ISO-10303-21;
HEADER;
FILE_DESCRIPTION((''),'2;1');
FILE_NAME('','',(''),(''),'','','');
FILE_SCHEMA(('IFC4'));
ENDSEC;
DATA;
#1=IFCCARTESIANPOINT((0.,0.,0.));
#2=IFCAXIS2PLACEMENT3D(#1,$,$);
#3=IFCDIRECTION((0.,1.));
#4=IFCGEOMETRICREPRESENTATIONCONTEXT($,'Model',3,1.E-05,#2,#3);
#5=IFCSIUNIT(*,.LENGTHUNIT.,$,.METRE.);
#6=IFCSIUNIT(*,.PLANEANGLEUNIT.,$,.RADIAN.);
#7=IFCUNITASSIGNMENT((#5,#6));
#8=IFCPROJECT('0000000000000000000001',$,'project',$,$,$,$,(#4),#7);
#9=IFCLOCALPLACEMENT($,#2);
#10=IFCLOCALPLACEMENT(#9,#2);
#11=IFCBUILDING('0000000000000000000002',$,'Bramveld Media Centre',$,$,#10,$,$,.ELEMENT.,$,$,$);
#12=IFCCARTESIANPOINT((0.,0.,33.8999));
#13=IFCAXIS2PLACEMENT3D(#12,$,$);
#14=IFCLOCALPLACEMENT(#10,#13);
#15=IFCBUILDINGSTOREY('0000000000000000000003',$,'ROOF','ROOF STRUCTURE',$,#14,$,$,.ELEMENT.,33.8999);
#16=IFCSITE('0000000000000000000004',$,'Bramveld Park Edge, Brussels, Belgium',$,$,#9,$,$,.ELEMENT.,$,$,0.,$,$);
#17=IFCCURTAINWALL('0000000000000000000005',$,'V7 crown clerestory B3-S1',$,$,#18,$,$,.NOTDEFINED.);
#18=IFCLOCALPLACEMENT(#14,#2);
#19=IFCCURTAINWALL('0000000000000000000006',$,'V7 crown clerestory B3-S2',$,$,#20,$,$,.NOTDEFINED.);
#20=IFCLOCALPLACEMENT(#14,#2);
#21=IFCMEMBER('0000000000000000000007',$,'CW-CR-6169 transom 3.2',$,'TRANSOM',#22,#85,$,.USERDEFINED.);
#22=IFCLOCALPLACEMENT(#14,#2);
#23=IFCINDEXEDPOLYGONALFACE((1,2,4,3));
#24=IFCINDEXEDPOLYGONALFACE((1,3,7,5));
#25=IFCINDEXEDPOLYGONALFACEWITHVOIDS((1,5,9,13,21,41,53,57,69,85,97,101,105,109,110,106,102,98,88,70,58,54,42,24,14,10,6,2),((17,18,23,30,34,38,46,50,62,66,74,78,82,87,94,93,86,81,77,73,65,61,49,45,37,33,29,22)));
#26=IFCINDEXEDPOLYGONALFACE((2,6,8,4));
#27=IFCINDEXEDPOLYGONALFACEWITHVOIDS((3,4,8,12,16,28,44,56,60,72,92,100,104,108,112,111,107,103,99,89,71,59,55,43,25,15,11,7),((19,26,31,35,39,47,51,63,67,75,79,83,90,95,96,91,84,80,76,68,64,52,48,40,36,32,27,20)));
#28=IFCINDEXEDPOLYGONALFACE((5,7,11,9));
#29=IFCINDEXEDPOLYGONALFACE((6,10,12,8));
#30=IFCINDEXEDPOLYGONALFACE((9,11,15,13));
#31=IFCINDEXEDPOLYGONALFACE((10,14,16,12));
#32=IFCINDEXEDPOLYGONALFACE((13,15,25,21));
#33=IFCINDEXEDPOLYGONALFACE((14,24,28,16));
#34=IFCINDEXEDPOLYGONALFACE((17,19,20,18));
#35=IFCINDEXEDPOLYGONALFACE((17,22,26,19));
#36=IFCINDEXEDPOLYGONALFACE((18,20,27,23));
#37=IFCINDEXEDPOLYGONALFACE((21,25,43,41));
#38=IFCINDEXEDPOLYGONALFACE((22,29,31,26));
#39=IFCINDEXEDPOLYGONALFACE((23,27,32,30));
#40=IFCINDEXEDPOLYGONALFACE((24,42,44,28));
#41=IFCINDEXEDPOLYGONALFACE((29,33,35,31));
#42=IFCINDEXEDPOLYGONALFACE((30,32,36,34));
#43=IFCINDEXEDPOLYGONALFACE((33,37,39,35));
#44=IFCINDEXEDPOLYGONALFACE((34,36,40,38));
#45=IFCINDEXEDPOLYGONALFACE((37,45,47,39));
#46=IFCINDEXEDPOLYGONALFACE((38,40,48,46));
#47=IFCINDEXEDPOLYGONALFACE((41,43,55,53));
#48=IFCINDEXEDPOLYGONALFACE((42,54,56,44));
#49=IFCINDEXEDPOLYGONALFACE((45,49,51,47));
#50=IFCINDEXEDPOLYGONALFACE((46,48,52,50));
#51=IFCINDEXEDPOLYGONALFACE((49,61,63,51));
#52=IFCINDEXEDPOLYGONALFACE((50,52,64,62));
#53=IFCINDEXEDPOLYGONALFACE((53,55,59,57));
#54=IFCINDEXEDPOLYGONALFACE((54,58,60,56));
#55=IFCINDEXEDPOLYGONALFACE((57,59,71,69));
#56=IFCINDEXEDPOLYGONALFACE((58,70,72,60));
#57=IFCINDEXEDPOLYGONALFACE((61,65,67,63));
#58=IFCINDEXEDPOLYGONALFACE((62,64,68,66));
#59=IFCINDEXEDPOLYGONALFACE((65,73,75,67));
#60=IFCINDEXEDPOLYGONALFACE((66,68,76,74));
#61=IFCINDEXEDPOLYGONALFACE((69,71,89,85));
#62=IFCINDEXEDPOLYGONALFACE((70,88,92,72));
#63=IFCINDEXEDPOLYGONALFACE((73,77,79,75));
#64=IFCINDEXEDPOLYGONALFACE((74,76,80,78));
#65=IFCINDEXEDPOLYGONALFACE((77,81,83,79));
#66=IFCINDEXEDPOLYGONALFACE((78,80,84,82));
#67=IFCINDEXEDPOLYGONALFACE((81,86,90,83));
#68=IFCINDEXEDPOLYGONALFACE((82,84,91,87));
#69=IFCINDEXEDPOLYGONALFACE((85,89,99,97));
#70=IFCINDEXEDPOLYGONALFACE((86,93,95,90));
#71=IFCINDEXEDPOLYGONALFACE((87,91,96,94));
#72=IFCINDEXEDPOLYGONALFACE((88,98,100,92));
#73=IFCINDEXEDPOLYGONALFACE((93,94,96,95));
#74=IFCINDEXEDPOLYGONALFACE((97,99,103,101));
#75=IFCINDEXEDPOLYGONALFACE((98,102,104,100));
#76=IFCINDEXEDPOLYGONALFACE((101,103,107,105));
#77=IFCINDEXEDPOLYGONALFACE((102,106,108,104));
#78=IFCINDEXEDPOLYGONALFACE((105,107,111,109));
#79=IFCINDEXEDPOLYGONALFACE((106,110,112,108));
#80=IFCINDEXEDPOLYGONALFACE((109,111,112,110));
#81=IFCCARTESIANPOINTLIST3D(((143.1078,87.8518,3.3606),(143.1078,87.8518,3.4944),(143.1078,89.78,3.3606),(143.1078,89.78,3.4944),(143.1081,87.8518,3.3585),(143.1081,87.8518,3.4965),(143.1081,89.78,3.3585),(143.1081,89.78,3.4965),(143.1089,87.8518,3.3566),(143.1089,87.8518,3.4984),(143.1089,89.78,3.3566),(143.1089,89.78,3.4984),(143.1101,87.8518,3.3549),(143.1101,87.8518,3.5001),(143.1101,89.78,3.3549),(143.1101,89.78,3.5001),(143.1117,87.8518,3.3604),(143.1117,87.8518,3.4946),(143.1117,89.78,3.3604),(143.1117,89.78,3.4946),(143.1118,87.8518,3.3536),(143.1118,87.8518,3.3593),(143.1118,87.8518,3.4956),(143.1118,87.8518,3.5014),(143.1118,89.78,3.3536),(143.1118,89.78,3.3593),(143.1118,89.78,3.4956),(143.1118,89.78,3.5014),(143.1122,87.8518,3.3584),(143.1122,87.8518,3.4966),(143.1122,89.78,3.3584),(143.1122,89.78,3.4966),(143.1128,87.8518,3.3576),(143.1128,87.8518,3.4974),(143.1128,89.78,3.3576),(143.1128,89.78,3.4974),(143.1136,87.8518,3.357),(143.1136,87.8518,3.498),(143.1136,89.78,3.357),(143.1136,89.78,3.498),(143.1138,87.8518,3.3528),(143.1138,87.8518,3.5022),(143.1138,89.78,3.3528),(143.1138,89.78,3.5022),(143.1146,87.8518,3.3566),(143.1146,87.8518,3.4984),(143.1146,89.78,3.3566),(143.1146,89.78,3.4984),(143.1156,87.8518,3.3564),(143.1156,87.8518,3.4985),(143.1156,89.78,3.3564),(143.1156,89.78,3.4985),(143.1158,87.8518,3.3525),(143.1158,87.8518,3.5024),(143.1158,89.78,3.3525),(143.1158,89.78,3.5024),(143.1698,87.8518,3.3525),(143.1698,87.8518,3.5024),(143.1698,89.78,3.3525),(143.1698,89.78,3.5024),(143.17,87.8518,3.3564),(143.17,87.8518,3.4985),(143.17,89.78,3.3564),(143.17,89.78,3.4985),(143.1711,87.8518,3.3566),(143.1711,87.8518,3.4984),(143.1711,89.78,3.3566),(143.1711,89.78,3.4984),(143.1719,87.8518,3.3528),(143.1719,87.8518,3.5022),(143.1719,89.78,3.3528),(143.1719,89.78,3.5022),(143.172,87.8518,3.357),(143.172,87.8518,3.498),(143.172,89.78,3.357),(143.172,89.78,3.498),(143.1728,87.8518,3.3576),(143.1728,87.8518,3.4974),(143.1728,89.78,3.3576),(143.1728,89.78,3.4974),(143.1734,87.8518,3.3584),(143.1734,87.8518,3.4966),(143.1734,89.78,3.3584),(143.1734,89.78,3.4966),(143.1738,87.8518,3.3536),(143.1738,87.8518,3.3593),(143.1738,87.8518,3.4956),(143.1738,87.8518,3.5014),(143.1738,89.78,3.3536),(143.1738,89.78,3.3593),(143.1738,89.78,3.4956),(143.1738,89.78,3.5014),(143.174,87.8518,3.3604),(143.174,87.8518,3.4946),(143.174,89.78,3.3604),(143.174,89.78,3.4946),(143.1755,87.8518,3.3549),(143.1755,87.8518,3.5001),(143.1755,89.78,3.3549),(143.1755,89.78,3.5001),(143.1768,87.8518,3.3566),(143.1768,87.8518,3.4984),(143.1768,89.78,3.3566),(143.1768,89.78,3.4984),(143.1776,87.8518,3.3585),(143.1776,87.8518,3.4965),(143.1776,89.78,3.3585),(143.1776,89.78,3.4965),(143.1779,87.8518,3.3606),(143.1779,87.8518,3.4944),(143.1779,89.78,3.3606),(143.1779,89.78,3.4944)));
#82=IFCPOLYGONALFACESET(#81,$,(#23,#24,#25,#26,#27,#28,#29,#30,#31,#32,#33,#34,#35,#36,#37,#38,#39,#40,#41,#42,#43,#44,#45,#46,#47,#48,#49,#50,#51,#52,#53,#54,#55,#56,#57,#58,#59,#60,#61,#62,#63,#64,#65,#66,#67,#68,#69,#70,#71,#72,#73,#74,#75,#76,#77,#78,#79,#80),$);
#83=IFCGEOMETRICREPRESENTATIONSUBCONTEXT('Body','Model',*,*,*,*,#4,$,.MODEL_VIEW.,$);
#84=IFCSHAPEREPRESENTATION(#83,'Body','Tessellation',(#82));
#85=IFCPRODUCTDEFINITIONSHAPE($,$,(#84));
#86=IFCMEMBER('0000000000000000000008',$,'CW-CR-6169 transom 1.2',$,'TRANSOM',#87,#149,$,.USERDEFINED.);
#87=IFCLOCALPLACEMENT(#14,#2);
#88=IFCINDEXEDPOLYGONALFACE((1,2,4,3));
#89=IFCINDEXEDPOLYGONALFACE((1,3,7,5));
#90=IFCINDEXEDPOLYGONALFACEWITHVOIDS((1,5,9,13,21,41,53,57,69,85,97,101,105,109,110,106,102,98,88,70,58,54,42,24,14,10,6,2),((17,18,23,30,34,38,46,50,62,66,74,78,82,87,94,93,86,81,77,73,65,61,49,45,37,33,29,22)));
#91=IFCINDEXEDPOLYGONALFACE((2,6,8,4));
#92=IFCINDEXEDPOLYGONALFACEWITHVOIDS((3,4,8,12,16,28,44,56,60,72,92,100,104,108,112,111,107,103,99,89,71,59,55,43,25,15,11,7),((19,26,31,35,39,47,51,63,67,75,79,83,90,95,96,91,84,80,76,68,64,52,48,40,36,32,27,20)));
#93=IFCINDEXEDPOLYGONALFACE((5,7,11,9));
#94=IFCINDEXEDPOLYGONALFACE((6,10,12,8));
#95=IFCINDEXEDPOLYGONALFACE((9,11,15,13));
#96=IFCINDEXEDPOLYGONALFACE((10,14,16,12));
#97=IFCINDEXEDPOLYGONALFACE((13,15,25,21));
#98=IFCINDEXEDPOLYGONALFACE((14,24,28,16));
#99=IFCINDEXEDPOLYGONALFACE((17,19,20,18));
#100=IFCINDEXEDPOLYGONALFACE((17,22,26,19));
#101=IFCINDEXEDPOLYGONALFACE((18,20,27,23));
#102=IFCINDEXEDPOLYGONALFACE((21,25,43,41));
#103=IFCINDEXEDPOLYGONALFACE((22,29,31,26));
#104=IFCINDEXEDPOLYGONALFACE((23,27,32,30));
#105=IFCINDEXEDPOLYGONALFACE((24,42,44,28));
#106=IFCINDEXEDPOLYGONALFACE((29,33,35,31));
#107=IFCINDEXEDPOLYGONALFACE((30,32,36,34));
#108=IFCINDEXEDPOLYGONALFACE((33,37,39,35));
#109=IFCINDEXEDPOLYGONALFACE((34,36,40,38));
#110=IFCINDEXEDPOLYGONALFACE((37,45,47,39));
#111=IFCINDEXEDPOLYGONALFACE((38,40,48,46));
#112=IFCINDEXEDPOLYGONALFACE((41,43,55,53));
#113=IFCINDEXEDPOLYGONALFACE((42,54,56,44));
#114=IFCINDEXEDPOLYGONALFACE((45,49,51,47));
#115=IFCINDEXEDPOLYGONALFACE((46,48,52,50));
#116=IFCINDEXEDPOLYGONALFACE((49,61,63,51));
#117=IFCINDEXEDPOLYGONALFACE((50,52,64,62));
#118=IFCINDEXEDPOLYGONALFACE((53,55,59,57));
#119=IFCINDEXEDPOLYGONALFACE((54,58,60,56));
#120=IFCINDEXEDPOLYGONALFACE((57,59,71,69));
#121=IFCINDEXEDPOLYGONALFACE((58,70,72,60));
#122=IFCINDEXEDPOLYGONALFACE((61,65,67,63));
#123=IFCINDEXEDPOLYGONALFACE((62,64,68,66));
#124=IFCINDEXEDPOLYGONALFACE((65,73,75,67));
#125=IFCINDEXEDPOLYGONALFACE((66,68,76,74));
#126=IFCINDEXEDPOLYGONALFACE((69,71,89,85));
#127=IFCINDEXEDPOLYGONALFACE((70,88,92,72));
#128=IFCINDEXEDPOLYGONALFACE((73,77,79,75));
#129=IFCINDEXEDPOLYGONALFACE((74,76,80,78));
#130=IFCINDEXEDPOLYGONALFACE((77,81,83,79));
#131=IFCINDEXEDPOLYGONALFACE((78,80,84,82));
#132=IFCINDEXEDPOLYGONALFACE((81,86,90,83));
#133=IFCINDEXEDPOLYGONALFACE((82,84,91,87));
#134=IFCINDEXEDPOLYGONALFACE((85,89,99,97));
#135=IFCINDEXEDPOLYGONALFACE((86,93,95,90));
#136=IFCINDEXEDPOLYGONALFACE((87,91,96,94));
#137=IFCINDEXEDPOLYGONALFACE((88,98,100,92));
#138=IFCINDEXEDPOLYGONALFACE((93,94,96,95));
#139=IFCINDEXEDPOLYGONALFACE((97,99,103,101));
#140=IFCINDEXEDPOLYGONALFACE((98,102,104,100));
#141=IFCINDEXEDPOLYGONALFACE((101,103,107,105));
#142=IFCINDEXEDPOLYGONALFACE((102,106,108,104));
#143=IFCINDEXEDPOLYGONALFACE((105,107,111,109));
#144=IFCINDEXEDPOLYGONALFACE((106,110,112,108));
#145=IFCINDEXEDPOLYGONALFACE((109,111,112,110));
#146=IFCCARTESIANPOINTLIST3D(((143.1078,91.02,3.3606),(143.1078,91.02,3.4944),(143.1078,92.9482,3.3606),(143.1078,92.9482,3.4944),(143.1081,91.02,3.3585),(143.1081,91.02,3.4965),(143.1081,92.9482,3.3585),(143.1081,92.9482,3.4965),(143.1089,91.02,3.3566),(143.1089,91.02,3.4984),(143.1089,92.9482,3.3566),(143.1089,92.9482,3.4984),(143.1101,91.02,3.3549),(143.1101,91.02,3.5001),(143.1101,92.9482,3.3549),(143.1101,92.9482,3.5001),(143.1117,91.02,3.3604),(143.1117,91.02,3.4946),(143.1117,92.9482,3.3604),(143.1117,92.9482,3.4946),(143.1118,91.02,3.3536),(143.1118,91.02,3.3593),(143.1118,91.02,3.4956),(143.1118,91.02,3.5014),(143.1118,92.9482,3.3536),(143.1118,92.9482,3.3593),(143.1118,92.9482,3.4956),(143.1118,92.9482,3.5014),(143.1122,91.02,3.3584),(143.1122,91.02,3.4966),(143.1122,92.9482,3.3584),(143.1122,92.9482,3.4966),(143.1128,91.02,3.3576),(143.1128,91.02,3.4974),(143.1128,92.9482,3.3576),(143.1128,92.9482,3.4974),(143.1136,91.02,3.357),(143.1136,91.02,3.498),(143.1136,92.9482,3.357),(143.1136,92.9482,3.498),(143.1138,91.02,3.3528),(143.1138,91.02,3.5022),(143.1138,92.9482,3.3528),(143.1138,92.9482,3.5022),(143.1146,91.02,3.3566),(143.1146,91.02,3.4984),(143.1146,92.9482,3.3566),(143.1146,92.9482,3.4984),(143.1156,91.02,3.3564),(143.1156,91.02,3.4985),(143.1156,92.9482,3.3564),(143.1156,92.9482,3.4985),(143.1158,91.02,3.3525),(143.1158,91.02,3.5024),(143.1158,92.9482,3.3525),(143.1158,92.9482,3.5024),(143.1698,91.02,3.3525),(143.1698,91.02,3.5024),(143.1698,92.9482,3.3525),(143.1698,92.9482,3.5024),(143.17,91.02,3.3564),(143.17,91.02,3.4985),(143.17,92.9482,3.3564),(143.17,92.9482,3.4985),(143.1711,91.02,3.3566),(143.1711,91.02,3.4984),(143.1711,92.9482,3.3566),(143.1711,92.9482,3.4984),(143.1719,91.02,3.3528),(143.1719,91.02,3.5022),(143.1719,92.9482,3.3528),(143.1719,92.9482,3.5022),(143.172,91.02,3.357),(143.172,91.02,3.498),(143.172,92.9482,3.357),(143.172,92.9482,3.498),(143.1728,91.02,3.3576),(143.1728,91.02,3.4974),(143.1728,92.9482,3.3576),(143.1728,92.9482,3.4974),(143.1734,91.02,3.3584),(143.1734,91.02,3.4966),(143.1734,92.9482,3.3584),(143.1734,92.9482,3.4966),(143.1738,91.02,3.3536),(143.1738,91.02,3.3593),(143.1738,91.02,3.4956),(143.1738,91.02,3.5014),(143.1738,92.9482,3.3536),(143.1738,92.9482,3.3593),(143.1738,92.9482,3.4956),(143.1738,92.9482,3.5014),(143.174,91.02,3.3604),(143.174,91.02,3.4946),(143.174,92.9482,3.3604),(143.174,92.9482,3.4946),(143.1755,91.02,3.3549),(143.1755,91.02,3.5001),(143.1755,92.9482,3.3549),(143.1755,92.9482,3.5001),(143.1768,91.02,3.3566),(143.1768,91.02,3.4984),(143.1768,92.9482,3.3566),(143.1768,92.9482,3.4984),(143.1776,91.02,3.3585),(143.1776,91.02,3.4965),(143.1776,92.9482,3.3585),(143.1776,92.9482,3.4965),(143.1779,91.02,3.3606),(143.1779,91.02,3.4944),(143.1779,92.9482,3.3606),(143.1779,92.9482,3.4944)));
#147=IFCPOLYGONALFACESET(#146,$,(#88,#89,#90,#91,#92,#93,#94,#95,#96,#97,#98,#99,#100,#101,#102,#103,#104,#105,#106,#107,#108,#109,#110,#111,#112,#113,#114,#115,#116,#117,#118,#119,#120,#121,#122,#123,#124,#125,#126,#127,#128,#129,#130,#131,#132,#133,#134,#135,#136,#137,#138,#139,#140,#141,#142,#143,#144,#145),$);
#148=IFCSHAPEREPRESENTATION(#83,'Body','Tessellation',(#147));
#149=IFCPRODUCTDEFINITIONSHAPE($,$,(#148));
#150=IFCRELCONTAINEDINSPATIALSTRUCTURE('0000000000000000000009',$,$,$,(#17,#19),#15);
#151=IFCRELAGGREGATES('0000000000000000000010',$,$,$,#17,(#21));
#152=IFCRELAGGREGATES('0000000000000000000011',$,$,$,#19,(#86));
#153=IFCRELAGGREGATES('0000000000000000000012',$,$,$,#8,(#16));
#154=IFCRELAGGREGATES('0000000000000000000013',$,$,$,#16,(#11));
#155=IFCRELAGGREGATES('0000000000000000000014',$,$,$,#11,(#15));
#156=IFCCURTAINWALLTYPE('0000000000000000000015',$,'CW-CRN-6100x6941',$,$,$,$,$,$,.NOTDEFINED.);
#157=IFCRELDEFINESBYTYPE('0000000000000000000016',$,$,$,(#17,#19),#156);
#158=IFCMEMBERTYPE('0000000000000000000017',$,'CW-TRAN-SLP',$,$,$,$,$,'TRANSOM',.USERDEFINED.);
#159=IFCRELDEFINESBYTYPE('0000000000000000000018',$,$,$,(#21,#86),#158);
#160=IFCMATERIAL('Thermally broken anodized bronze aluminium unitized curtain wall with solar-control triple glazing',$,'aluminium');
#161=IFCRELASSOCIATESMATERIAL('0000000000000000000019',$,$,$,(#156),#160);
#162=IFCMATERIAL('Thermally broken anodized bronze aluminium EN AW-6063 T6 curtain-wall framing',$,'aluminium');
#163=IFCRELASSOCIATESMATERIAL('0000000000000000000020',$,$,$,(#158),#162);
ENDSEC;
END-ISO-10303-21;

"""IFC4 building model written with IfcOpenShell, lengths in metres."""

from ifc_helpers import new_model, si_unit, direction, frame, origin, origin_2d, place, context, subcontext, project, spatial, hollow_rectangle, extrude, material, material_profile, profile_set, type_object, element, aggregate, save


model = new_model("IFC4")

# Units and contexts
model_context = context("Model", 3, precision=1e-05, world=origin(), true_north=direction((0.0, 1.0)))
body_context = subcontext(model_context, "Body", "Model", "MODEL_VIEW")
ifc_project = project(units=[si_unit("LENGTHUNIT", "METRE"), si_unit("PLANEANGLEUNIT", "RADIAN")], contexts=[model_context])

# Site, building, storey
site_placement = place(None, origin())
site = spatial("IfcSite", under=ifc_project, at=site_placement, Name="Bramveld Park Edge, Brussels, Belgium", CompositionType="ELEMENT", RefElevation=0.0)
building_placement = place(site_placement, origin())
building = spatial("IfcBuilding", under=site, at=building_placement, Name="Bramveld Media Centre", CompositionType="ELEMENT")
storey_placement = place(building_placement, frame((0.0, 0.0, 33.8999)))
storey = spatial("IfcBuildingStorey", under=building, at=storey_placement, Name="ROOF", Description="ROOF STRUCTURE", CompositionType="ELEMENT", Elevation=33.8999)

# Curtain walls
ifc_material_1 = material(Name="Thermally broken anodized bronze aluminium unitized curtain wall with solar-control triple glazing", Category="aluminium")
curtain_wall_type = type_object("IfcCurtainWallType", Name="CW-CRN-6100x6941", PredefinedType="NOTDEFINED", material=ifc_material_1)
curtain_wall_1_placement = place(storey_placement, origin())
curtain_wall_1 = element("IfcCurtainWall", 1, at=curtain_wall_1_placement, inside=storey, type_object=curtain_wall_type, Name="V7 crown clerestory B3-S1", PredefinedType="NOTDEFINED")
curtain_wall_2_placement = place(storey_placement, origin())
curtain_wall_2 = element("IfcCurtainWall", 2, at=curtain_wall_2_placement, inside=storey, type_object=curtain_wall_type, Name="V7 crown clerestory B3-S2", PredefinedType="NOTDEFINED")

# Members
ifc_material_2 = material(Name="Thermally broken anodized bronze aluminium EN AW-6063 T6 curtain-wall framing", Category="aluminium")
ifc_material_profile_1 = material_profile(ifc_material_2, hollow_rectangle(XDim=0.0701, YDim=0.1499, WallThickness=0.0039, InnerFilletRadius=0.0039, OuterFilletRadius=0.0081, at=origin_2d()), Name="AL-TRAN 70x150")
ifc_profile_set_1 = profile_set([ifc_material_profile_1], Name="Thermally broken anodized bronze aluminium EN AW-6063 T6 curtain-wall framing")
member_type_1 = type_object("IfcMemberType", Name="CW-TRAN-SLP", ElementType="TRANSOM", PredefinedType="USERDEFINED", material=ifc_profile_set_1)
member_1_placement = place(storey_placement, frame((143.1428, 87.8518, 3.4275), z_axis=(0.0, 1.0, 0.0), x_axis=(-1.0, 0.0, 0.0)))
member_1 = element("IfcMember", 3, at=member_1_placement, type_object=member_type_1, Name="CW-CR-6169 transom 3.2", ObjectType="TRANSOM", PredefinedType="USERDEFINED", context=body_context, shape_type="SweptSolid", body=[
    extrude(hollow_rectangle(XDim=0.0701, YDim=0.1499, WallThickness=0.0039, InnerFilletRadius=0.0039, OuterFilletRadius=0.0081, at=origin_2d()), origin(), (0.0, 0.0, 1.0), 1.9282),
])
member_2_placement = place(storey_placement, frame((143.1428, 91.02, 3.4275), z_axis=(0.0, 1.0, 0.0), x_axis=(-1.0, 0.0, 0.0)))
member_2 = element("IfcMember", 4, at=member_2_placement, type_object=member_type_1, Name="CW-CR-6169 transom 1.2", ObjectType="TRANSOM", PredefinedType="USERDEFINED", context=body_context, shape_type="SweptSolid", body=[
    extrude(hollow_rectangle(XDim=0.0701, YDim=0.1499, WallThickness=0.0039, InnerFilletRadius=0.0039, OuterFilletRadius=0.0081, at=origin_2d()), origin(), (0.0, 0.0, 1.0), 1.9282),
])

aggregate(curtain_wall_1, [member_1])
aggregate(curtain_wall_2, [member_2])

save(model, "model.ifc")
